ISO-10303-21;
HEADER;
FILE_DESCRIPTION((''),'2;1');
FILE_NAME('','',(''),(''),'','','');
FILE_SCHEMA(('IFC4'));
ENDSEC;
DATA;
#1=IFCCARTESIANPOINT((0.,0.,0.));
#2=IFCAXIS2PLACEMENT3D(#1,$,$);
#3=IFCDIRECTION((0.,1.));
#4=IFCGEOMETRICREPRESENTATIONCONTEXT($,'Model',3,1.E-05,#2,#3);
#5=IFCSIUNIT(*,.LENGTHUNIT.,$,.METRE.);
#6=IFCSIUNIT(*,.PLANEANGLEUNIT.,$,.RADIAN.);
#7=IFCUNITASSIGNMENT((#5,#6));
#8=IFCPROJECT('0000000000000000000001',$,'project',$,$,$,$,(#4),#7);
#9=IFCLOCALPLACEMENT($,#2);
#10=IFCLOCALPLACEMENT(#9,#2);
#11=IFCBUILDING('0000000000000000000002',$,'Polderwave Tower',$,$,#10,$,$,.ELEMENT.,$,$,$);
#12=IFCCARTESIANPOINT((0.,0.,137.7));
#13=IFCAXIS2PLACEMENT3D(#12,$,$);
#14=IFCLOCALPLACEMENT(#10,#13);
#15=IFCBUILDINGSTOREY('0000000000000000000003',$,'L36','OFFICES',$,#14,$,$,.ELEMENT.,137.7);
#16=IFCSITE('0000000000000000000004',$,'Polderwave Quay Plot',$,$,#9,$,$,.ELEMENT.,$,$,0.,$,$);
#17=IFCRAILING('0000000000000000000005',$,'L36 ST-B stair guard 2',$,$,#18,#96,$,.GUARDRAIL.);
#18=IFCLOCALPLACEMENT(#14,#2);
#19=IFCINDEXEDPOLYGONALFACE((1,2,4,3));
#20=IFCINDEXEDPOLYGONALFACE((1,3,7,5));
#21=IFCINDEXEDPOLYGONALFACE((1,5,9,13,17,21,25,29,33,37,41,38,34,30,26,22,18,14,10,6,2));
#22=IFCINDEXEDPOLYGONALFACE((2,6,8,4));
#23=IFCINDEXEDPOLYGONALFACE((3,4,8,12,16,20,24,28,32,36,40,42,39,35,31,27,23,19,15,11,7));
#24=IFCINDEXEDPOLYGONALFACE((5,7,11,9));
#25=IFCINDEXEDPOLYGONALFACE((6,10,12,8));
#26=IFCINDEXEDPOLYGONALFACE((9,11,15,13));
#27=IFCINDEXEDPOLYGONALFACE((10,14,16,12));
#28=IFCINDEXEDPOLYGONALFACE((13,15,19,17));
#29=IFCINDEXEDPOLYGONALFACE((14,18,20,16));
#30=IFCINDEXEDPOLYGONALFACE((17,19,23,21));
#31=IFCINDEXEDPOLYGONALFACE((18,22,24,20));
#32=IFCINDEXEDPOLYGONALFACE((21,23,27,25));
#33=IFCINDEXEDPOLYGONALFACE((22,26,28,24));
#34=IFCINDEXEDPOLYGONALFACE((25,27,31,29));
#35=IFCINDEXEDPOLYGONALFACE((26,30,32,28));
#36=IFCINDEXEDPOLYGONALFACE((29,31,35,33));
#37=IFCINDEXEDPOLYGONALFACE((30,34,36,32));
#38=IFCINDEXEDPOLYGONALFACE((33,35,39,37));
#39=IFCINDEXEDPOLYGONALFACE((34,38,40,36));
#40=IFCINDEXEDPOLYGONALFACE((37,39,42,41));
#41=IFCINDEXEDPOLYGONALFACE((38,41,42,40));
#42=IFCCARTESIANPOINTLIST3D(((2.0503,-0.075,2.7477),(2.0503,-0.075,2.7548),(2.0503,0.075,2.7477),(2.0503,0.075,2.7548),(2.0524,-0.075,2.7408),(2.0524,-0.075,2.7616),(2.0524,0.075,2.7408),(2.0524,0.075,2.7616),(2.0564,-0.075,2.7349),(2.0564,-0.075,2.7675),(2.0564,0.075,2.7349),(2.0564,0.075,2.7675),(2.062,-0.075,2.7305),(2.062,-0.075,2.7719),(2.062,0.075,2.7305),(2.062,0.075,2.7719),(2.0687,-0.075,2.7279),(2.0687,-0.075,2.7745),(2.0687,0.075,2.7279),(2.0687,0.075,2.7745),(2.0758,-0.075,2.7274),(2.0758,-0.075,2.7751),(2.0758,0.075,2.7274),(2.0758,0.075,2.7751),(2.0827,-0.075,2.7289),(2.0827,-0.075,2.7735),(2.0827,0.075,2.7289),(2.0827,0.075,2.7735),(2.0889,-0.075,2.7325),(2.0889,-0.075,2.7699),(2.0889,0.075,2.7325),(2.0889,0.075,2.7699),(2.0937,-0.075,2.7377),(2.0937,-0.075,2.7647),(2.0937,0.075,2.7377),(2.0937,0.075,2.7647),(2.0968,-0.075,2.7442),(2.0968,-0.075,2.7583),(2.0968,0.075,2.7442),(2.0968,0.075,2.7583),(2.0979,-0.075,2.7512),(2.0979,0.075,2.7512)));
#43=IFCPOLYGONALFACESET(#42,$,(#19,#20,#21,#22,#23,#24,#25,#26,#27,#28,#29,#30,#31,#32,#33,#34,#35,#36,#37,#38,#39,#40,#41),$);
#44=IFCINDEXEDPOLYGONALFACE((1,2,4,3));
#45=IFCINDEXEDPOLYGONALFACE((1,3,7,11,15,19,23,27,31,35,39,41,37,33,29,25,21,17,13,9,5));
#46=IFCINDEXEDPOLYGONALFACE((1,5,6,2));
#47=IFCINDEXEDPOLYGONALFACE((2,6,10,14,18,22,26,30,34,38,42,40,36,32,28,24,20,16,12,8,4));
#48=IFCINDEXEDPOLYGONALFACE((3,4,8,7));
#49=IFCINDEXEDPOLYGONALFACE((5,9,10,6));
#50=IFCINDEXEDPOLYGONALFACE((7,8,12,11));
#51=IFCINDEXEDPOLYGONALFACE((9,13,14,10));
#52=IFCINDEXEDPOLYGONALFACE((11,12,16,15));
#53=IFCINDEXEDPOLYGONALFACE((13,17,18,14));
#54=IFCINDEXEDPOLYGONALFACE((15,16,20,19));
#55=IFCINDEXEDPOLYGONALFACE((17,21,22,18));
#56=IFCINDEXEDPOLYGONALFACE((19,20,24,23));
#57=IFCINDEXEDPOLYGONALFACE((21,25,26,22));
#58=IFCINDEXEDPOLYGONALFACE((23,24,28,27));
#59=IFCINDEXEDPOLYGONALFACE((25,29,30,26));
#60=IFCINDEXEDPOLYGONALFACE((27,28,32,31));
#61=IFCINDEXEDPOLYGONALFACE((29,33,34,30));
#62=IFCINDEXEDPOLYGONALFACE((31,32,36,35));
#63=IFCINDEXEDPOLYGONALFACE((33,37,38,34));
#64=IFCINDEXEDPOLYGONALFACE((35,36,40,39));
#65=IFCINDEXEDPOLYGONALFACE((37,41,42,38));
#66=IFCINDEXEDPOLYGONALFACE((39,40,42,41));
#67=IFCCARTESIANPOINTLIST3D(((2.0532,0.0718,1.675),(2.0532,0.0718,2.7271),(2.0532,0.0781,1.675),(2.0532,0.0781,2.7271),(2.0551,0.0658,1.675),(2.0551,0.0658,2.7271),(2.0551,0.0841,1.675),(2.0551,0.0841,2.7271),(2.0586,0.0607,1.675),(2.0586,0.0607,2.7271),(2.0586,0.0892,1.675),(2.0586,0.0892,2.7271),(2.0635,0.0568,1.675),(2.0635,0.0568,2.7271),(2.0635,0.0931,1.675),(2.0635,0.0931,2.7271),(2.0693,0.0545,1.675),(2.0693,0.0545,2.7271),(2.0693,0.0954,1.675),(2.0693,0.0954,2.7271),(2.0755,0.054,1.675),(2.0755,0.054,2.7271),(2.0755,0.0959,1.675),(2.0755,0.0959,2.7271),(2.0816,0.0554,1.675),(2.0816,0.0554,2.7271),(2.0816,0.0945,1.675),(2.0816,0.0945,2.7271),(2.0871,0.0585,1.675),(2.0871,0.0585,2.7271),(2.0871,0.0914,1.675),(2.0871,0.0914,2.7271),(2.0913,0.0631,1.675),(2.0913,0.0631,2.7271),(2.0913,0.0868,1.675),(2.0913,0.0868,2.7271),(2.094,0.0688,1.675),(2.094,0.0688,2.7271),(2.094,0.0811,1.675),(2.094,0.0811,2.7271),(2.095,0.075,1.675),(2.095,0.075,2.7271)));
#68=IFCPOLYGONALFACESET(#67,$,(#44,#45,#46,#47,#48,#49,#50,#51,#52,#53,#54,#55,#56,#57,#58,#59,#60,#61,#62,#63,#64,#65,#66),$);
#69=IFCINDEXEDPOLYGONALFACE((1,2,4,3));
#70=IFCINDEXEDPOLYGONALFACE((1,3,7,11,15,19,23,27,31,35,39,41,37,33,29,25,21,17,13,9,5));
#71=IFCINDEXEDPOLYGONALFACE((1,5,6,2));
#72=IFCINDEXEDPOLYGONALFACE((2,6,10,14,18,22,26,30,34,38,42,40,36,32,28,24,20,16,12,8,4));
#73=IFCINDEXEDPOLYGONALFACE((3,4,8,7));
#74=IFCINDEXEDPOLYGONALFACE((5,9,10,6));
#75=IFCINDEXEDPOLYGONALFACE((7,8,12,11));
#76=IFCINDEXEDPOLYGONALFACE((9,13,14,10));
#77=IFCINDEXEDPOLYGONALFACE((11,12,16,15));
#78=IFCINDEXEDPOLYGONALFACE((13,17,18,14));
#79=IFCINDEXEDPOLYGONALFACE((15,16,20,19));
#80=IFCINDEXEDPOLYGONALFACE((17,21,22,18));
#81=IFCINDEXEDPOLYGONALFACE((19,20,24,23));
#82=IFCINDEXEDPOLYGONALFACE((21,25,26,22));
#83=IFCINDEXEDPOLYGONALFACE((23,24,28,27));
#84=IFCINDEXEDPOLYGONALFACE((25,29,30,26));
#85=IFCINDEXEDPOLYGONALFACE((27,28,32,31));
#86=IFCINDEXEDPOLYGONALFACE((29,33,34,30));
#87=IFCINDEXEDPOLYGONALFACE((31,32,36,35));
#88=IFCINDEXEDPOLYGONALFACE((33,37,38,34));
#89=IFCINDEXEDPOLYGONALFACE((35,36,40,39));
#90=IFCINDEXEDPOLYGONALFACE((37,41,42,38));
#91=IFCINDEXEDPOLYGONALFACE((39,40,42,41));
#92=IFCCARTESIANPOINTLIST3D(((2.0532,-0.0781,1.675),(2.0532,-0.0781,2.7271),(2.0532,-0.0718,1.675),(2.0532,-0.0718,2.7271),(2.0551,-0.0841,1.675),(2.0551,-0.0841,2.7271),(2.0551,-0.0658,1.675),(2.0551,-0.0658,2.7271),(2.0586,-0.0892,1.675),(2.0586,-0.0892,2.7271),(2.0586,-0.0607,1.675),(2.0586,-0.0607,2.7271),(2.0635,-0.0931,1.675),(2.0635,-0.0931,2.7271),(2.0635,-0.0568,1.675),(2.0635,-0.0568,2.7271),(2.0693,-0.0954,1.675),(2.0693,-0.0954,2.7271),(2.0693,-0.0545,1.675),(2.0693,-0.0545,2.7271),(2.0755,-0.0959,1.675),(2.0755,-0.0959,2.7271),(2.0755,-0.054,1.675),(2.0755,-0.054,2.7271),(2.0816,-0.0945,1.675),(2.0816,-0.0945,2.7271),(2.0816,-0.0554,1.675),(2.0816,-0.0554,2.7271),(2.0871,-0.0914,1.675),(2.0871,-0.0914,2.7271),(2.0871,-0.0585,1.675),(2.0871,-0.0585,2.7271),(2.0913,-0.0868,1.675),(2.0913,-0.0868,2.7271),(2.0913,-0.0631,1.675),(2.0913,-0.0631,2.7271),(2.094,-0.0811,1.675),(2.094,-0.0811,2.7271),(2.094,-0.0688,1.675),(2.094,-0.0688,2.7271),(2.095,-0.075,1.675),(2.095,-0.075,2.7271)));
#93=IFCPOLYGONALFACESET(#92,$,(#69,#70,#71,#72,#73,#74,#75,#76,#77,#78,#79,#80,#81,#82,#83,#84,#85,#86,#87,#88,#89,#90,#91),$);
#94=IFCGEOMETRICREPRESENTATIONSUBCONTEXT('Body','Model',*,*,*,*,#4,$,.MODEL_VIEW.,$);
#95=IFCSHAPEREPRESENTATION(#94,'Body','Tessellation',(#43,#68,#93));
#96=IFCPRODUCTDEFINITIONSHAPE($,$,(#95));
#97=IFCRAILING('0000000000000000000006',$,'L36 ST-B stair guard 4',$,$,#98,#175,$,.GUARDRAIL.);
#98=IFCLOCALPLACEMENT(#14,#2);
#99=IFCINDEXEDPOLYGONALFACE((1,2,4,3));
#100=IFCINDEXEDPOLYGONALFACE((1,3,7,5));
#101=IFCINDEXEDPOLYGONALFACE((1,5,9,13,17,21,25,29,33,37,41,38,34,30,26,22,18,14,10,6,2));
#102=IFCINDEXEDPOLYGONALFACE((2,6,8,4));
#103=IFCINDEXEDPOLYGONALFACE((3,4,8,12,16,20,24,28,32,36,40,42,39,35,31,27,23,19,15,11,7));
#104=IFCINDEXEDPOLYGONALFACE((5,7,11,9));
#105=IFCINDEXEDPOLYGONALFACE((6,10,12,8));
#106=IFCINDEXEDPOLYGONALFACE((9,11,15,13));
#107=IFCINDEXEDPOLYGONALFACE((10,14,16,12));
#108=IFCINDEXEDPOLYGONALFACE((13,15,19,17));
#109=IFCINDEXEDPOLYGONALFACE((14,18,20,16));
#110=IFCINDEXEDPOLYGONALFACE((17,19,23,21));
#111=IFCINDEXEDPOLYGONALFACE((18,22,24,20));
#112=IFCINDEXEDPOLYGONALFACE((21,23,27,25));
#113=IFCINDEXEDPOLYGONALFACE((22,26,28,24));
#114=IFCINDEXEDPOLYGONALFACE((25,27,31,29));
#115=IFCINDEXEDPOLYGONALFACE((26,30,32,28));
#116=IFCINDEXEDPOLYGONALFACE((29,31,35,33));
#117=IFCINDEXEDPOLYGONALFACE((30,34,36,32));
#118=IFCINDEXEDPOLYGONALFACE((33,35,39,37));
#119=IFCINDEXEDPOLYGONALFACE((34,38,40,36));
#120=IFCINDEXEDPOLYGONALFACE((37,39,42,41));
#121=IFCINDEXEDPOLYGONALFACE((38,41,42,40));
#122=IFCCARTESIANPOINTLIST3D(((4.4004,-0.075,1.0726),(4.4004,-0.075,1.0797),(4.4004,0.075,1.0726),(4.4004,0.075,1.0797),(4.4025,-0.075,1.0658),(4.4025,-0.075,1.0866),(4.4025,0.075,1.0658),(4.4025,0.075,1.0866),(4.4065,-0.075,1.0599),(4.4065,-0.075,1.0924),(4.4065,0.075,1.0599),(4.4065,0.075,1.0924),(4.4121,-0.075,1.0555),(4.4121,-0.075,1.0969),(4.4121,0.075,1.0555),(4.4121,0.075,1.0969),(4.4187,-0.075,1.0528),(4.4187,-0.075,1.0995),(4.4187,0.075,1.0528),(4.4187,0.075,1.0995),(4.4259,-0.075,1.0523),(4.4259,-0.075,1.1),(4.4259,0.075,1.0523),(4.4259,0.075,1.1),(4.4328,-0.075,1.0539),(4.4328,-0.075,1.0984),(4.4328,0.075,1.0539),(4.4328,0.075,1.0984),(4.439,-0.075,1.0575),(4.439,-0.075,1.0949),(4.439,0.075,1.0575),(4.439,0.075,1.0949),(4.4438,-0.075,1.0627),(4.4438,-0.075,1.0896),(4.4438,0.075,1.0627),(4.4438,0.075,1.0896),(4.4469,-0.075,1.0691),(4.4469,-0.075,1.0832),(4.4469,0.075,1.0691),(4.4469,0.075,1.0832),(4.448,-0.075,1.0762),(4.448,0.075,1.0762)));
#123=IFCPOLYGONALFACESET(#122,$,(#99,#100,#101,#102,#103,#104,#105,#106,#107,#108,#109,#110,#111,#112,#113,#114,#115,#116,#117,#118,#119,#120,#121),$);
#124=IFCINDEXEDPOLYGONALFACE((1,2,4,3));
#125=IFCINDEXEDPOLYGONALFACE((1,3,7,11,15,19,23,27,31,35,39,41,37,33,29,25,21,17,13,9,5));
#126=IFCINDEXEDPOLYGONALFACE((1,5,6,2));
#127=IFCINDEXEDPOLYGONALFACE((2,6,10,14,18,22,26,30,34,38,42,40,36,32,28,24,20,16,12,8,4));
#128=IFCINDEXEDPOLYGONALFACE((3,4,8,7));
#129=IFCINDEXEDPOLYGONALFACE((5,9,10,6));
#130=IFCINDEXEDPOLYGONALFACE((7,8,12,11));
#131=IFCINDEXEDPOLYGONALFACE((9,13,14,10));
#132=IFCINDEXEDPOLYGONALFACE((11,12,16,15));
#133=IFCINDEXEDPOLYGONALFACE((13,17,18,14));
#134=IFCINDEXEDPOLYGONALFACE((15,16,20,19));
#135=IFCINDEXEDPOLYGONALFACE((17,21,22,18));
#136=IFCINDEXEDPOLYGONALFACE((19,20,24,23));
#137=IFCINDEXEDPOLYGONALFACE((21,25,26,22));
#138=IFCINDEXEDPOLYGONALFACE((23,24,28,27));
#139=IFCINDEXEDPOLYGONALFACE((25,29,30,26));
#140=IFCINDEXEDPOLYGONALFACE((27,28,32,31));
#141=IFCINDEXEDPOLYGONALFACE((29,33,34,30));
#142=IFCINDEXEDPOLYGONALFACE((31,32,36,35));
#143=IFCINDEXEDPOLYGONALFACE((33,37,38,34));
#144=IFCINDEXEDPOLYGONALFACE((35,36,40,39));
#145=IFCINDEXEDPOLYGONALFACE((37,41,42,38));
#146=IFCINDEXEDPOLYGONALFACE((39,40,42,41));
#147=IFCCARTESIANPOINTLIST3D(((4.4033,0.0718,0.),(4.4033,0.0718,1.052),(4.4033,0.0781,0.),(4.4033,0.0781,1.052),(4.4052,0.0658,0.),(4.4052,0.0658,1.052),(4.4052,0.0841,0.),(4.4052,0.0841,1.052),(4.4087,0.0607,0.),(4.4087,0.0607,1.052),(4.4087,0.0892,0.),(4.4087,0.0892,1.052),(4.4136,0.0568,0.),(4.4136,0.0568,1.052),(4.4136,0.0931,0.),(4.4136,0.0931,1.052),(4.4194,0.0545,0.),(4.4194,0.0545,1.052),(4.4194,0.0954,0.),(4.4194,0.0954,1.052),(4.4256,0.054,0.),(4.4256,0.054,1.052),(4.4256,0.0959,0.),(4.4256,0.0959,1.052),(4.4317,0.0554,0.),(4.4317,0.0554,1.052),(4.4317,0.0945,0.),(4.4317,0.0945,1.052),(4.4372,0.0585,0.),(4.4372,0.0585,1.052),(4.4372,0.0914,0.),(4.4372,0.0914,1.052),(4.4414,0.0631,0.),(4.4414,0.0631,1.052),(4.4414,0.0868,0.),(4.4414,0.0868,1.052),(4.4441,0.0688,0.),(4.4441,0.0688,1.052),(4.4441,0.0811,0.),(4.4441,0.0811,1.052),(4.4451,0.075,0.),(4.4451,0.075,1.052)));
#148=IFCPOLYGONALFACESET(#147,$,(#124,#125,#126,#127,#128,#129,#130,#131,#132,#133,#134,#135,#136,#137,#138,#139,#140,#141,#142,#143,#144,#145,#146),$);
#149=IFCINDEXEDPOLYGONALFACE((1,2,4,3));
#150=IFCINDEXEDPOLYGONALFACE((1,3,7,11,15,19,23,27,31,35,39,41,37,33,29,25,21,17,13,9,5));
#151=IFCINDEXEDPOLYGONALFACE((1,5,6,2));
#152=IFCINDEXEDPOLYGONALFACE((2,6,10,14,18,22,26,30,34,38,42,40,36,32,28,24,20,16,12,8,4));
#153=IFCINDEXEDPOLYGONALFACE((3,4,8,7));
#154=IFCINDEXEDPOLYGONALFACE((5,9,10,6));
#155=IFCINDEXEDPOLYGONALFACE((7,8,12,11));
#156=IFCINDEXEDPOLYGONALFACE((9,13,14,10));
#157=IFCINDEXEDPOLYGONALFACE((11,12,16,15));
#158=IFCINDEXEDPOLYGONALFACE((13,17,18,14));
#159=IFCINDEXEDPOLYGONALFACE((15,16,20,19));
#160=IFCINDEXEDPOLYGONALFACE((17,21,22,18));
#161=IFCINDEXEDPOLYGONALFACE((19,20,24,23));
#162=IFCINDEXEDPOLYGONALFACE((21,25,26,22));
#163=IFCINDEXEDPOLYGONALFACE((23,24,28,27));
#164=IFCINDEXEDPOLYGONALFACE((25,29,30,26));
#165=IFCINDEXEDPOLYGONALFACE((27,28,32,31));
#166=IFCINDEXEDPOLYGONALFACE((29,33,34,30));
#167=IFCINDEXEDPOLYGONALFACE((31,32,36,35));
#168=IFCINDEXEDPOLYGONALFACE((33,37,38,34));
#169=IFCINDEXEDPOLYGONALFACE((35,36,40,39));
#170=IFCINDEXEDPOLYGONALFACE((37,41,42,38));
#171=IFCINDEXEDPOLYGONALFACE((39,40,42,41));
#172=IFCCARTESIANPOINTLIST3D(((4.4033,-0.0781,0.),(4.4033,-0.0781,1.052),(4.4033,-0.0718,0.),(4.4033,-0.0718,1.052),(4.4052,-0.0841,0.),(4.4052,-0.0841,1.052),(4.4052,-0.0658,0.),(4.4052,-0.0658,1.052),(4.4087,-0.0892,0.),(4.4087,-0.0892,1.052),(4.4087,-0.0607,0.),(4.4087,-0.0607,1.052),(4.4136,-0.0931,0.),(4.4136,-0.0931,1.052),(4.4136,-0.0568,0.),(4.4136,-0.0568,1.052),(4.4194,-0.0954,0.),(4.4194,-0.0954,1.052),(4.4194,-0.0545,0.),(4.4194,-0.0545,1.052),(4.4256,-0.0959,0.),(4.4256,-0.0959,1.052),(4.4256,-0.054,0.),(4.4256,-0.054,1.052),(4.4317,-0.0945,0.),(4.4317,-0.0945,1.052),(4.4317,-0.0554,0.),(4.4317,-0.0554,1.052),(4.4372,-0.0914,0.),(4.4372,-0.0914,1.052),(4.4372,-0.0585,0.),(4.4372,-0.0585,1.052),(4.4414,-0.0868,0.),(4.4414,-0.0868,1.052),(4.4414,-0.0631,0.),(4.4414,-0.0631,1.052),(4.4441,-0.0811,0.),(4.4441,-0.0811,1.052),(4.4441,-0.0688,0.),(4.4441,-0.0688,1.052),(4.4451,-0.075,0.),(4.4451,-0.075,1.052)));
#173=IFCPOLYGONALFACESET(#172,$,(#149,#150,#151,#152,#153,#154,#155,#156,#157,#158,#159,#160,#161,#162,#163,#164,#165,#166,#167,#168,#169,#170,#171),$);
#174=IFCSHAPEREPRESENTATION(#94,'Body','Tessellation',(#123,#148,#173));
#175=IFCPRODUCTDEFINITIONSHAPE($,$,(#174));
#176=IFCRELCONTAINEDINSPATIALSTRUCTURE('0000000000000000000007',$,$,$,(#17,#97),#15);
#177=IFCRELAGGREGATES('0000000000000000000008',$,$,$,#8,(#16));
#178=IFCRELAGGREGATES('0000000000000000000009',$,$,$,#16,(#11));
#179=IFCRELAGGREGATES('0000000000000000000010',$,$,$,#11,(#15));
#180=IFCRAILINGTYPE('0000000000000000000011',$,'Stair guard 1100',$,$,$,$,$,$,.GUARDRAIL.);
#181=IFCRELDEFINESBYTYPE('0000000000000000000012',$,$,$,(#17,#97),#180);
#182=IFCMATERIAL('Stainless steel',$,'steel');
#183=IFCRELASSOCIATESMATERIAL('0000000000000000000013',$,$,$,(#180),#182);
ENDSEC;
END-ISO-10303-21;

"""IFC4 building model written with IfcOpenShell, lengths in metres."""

from ifc_helpers import new_model, si_unit, direction, frame, origin, origin_2d, place, context, subcontext, project, spatial, circle, extrude, material, type_object, element, save


model = new_model("IFC4")

# Units and contexts
model_context = context("Model", 3, precision=1e-05, world=origin(), true_north=direction((0.0, 1.0)))
body_context = subcontext(model_context, "Body", "Model", "MODEL_VIEW")
ifc_project = project(units=[si_unit("LENGTHUNIT", "METRE"), si_unit("PLANEANGLEUNIT", "RADIAN")], contexts=[model_context])

# Site, building, storey
site_placement = place(None, origin())
site = spatial("IfcSite", under=ifc_project, at=site_placement, Name="Polderwave Quay Plot", CompositionType="ELEMENT", RefElevation=0.0)
building_placement = place(site_placement, origin())
building = spatial("IfcBuilding", under=site, at=building_placement, Name="Polderwave Tower", CompositionType="ELEMENT")
storey_placement = place(building_placement, frame((0.0, 0.0, 137.7)))
storey = spatial("IfcBuildingStorey", under=building, at=storey_placement, Name="L36", Description="OFFICES", CompositionType="ELEMENT", Elevation=137.7)

# Shared definitions
ifc_material_1 = material(Name="Stainless steel", Category="steel")

# Railings
railing_type_1 = type_object("IfcRailingType", Name="Stair guard 1100", PredefinedType="GUARDRAIL", material=ifc_material_1)
for number, where, name in (
    (1, (2.074, 0.075, 1.675), "L36 ST-B stair guard 2"),
    (2, (4.4241, 0.075, 0.0), "L36 ST-B stair guard 4"),
):
    element("IfcRailing", number, at=place(storey_placement, frame(where)), inside=storey, type_object=railing_type_1, Name=name, PredefinedType="GUARDRAIL", context=body_context, shape_type="SweptSolid", body=[
        extrude(circle(Radius=0.0239, at=origin_2d()), frame((0.0, 0.0, 1.0762), z_axis=(0.0, -1.0, 0.0), x_axis=(1.0, 0.0, 0.0)), (0.0, 0.0, 1.0), 0.1499),
        extrude(circle(Radius=0.021, at=origin_2d()), origin(), (0.0, 0.0, 1.0), 1.052),
        extrude(circle(Radius=0.021, at=origin_2d()), frame((0.0, -0.1499, 0.0)), (0.0, 0.0, 1.0), 1.052),
    ])

save(model, "model.ifc")
